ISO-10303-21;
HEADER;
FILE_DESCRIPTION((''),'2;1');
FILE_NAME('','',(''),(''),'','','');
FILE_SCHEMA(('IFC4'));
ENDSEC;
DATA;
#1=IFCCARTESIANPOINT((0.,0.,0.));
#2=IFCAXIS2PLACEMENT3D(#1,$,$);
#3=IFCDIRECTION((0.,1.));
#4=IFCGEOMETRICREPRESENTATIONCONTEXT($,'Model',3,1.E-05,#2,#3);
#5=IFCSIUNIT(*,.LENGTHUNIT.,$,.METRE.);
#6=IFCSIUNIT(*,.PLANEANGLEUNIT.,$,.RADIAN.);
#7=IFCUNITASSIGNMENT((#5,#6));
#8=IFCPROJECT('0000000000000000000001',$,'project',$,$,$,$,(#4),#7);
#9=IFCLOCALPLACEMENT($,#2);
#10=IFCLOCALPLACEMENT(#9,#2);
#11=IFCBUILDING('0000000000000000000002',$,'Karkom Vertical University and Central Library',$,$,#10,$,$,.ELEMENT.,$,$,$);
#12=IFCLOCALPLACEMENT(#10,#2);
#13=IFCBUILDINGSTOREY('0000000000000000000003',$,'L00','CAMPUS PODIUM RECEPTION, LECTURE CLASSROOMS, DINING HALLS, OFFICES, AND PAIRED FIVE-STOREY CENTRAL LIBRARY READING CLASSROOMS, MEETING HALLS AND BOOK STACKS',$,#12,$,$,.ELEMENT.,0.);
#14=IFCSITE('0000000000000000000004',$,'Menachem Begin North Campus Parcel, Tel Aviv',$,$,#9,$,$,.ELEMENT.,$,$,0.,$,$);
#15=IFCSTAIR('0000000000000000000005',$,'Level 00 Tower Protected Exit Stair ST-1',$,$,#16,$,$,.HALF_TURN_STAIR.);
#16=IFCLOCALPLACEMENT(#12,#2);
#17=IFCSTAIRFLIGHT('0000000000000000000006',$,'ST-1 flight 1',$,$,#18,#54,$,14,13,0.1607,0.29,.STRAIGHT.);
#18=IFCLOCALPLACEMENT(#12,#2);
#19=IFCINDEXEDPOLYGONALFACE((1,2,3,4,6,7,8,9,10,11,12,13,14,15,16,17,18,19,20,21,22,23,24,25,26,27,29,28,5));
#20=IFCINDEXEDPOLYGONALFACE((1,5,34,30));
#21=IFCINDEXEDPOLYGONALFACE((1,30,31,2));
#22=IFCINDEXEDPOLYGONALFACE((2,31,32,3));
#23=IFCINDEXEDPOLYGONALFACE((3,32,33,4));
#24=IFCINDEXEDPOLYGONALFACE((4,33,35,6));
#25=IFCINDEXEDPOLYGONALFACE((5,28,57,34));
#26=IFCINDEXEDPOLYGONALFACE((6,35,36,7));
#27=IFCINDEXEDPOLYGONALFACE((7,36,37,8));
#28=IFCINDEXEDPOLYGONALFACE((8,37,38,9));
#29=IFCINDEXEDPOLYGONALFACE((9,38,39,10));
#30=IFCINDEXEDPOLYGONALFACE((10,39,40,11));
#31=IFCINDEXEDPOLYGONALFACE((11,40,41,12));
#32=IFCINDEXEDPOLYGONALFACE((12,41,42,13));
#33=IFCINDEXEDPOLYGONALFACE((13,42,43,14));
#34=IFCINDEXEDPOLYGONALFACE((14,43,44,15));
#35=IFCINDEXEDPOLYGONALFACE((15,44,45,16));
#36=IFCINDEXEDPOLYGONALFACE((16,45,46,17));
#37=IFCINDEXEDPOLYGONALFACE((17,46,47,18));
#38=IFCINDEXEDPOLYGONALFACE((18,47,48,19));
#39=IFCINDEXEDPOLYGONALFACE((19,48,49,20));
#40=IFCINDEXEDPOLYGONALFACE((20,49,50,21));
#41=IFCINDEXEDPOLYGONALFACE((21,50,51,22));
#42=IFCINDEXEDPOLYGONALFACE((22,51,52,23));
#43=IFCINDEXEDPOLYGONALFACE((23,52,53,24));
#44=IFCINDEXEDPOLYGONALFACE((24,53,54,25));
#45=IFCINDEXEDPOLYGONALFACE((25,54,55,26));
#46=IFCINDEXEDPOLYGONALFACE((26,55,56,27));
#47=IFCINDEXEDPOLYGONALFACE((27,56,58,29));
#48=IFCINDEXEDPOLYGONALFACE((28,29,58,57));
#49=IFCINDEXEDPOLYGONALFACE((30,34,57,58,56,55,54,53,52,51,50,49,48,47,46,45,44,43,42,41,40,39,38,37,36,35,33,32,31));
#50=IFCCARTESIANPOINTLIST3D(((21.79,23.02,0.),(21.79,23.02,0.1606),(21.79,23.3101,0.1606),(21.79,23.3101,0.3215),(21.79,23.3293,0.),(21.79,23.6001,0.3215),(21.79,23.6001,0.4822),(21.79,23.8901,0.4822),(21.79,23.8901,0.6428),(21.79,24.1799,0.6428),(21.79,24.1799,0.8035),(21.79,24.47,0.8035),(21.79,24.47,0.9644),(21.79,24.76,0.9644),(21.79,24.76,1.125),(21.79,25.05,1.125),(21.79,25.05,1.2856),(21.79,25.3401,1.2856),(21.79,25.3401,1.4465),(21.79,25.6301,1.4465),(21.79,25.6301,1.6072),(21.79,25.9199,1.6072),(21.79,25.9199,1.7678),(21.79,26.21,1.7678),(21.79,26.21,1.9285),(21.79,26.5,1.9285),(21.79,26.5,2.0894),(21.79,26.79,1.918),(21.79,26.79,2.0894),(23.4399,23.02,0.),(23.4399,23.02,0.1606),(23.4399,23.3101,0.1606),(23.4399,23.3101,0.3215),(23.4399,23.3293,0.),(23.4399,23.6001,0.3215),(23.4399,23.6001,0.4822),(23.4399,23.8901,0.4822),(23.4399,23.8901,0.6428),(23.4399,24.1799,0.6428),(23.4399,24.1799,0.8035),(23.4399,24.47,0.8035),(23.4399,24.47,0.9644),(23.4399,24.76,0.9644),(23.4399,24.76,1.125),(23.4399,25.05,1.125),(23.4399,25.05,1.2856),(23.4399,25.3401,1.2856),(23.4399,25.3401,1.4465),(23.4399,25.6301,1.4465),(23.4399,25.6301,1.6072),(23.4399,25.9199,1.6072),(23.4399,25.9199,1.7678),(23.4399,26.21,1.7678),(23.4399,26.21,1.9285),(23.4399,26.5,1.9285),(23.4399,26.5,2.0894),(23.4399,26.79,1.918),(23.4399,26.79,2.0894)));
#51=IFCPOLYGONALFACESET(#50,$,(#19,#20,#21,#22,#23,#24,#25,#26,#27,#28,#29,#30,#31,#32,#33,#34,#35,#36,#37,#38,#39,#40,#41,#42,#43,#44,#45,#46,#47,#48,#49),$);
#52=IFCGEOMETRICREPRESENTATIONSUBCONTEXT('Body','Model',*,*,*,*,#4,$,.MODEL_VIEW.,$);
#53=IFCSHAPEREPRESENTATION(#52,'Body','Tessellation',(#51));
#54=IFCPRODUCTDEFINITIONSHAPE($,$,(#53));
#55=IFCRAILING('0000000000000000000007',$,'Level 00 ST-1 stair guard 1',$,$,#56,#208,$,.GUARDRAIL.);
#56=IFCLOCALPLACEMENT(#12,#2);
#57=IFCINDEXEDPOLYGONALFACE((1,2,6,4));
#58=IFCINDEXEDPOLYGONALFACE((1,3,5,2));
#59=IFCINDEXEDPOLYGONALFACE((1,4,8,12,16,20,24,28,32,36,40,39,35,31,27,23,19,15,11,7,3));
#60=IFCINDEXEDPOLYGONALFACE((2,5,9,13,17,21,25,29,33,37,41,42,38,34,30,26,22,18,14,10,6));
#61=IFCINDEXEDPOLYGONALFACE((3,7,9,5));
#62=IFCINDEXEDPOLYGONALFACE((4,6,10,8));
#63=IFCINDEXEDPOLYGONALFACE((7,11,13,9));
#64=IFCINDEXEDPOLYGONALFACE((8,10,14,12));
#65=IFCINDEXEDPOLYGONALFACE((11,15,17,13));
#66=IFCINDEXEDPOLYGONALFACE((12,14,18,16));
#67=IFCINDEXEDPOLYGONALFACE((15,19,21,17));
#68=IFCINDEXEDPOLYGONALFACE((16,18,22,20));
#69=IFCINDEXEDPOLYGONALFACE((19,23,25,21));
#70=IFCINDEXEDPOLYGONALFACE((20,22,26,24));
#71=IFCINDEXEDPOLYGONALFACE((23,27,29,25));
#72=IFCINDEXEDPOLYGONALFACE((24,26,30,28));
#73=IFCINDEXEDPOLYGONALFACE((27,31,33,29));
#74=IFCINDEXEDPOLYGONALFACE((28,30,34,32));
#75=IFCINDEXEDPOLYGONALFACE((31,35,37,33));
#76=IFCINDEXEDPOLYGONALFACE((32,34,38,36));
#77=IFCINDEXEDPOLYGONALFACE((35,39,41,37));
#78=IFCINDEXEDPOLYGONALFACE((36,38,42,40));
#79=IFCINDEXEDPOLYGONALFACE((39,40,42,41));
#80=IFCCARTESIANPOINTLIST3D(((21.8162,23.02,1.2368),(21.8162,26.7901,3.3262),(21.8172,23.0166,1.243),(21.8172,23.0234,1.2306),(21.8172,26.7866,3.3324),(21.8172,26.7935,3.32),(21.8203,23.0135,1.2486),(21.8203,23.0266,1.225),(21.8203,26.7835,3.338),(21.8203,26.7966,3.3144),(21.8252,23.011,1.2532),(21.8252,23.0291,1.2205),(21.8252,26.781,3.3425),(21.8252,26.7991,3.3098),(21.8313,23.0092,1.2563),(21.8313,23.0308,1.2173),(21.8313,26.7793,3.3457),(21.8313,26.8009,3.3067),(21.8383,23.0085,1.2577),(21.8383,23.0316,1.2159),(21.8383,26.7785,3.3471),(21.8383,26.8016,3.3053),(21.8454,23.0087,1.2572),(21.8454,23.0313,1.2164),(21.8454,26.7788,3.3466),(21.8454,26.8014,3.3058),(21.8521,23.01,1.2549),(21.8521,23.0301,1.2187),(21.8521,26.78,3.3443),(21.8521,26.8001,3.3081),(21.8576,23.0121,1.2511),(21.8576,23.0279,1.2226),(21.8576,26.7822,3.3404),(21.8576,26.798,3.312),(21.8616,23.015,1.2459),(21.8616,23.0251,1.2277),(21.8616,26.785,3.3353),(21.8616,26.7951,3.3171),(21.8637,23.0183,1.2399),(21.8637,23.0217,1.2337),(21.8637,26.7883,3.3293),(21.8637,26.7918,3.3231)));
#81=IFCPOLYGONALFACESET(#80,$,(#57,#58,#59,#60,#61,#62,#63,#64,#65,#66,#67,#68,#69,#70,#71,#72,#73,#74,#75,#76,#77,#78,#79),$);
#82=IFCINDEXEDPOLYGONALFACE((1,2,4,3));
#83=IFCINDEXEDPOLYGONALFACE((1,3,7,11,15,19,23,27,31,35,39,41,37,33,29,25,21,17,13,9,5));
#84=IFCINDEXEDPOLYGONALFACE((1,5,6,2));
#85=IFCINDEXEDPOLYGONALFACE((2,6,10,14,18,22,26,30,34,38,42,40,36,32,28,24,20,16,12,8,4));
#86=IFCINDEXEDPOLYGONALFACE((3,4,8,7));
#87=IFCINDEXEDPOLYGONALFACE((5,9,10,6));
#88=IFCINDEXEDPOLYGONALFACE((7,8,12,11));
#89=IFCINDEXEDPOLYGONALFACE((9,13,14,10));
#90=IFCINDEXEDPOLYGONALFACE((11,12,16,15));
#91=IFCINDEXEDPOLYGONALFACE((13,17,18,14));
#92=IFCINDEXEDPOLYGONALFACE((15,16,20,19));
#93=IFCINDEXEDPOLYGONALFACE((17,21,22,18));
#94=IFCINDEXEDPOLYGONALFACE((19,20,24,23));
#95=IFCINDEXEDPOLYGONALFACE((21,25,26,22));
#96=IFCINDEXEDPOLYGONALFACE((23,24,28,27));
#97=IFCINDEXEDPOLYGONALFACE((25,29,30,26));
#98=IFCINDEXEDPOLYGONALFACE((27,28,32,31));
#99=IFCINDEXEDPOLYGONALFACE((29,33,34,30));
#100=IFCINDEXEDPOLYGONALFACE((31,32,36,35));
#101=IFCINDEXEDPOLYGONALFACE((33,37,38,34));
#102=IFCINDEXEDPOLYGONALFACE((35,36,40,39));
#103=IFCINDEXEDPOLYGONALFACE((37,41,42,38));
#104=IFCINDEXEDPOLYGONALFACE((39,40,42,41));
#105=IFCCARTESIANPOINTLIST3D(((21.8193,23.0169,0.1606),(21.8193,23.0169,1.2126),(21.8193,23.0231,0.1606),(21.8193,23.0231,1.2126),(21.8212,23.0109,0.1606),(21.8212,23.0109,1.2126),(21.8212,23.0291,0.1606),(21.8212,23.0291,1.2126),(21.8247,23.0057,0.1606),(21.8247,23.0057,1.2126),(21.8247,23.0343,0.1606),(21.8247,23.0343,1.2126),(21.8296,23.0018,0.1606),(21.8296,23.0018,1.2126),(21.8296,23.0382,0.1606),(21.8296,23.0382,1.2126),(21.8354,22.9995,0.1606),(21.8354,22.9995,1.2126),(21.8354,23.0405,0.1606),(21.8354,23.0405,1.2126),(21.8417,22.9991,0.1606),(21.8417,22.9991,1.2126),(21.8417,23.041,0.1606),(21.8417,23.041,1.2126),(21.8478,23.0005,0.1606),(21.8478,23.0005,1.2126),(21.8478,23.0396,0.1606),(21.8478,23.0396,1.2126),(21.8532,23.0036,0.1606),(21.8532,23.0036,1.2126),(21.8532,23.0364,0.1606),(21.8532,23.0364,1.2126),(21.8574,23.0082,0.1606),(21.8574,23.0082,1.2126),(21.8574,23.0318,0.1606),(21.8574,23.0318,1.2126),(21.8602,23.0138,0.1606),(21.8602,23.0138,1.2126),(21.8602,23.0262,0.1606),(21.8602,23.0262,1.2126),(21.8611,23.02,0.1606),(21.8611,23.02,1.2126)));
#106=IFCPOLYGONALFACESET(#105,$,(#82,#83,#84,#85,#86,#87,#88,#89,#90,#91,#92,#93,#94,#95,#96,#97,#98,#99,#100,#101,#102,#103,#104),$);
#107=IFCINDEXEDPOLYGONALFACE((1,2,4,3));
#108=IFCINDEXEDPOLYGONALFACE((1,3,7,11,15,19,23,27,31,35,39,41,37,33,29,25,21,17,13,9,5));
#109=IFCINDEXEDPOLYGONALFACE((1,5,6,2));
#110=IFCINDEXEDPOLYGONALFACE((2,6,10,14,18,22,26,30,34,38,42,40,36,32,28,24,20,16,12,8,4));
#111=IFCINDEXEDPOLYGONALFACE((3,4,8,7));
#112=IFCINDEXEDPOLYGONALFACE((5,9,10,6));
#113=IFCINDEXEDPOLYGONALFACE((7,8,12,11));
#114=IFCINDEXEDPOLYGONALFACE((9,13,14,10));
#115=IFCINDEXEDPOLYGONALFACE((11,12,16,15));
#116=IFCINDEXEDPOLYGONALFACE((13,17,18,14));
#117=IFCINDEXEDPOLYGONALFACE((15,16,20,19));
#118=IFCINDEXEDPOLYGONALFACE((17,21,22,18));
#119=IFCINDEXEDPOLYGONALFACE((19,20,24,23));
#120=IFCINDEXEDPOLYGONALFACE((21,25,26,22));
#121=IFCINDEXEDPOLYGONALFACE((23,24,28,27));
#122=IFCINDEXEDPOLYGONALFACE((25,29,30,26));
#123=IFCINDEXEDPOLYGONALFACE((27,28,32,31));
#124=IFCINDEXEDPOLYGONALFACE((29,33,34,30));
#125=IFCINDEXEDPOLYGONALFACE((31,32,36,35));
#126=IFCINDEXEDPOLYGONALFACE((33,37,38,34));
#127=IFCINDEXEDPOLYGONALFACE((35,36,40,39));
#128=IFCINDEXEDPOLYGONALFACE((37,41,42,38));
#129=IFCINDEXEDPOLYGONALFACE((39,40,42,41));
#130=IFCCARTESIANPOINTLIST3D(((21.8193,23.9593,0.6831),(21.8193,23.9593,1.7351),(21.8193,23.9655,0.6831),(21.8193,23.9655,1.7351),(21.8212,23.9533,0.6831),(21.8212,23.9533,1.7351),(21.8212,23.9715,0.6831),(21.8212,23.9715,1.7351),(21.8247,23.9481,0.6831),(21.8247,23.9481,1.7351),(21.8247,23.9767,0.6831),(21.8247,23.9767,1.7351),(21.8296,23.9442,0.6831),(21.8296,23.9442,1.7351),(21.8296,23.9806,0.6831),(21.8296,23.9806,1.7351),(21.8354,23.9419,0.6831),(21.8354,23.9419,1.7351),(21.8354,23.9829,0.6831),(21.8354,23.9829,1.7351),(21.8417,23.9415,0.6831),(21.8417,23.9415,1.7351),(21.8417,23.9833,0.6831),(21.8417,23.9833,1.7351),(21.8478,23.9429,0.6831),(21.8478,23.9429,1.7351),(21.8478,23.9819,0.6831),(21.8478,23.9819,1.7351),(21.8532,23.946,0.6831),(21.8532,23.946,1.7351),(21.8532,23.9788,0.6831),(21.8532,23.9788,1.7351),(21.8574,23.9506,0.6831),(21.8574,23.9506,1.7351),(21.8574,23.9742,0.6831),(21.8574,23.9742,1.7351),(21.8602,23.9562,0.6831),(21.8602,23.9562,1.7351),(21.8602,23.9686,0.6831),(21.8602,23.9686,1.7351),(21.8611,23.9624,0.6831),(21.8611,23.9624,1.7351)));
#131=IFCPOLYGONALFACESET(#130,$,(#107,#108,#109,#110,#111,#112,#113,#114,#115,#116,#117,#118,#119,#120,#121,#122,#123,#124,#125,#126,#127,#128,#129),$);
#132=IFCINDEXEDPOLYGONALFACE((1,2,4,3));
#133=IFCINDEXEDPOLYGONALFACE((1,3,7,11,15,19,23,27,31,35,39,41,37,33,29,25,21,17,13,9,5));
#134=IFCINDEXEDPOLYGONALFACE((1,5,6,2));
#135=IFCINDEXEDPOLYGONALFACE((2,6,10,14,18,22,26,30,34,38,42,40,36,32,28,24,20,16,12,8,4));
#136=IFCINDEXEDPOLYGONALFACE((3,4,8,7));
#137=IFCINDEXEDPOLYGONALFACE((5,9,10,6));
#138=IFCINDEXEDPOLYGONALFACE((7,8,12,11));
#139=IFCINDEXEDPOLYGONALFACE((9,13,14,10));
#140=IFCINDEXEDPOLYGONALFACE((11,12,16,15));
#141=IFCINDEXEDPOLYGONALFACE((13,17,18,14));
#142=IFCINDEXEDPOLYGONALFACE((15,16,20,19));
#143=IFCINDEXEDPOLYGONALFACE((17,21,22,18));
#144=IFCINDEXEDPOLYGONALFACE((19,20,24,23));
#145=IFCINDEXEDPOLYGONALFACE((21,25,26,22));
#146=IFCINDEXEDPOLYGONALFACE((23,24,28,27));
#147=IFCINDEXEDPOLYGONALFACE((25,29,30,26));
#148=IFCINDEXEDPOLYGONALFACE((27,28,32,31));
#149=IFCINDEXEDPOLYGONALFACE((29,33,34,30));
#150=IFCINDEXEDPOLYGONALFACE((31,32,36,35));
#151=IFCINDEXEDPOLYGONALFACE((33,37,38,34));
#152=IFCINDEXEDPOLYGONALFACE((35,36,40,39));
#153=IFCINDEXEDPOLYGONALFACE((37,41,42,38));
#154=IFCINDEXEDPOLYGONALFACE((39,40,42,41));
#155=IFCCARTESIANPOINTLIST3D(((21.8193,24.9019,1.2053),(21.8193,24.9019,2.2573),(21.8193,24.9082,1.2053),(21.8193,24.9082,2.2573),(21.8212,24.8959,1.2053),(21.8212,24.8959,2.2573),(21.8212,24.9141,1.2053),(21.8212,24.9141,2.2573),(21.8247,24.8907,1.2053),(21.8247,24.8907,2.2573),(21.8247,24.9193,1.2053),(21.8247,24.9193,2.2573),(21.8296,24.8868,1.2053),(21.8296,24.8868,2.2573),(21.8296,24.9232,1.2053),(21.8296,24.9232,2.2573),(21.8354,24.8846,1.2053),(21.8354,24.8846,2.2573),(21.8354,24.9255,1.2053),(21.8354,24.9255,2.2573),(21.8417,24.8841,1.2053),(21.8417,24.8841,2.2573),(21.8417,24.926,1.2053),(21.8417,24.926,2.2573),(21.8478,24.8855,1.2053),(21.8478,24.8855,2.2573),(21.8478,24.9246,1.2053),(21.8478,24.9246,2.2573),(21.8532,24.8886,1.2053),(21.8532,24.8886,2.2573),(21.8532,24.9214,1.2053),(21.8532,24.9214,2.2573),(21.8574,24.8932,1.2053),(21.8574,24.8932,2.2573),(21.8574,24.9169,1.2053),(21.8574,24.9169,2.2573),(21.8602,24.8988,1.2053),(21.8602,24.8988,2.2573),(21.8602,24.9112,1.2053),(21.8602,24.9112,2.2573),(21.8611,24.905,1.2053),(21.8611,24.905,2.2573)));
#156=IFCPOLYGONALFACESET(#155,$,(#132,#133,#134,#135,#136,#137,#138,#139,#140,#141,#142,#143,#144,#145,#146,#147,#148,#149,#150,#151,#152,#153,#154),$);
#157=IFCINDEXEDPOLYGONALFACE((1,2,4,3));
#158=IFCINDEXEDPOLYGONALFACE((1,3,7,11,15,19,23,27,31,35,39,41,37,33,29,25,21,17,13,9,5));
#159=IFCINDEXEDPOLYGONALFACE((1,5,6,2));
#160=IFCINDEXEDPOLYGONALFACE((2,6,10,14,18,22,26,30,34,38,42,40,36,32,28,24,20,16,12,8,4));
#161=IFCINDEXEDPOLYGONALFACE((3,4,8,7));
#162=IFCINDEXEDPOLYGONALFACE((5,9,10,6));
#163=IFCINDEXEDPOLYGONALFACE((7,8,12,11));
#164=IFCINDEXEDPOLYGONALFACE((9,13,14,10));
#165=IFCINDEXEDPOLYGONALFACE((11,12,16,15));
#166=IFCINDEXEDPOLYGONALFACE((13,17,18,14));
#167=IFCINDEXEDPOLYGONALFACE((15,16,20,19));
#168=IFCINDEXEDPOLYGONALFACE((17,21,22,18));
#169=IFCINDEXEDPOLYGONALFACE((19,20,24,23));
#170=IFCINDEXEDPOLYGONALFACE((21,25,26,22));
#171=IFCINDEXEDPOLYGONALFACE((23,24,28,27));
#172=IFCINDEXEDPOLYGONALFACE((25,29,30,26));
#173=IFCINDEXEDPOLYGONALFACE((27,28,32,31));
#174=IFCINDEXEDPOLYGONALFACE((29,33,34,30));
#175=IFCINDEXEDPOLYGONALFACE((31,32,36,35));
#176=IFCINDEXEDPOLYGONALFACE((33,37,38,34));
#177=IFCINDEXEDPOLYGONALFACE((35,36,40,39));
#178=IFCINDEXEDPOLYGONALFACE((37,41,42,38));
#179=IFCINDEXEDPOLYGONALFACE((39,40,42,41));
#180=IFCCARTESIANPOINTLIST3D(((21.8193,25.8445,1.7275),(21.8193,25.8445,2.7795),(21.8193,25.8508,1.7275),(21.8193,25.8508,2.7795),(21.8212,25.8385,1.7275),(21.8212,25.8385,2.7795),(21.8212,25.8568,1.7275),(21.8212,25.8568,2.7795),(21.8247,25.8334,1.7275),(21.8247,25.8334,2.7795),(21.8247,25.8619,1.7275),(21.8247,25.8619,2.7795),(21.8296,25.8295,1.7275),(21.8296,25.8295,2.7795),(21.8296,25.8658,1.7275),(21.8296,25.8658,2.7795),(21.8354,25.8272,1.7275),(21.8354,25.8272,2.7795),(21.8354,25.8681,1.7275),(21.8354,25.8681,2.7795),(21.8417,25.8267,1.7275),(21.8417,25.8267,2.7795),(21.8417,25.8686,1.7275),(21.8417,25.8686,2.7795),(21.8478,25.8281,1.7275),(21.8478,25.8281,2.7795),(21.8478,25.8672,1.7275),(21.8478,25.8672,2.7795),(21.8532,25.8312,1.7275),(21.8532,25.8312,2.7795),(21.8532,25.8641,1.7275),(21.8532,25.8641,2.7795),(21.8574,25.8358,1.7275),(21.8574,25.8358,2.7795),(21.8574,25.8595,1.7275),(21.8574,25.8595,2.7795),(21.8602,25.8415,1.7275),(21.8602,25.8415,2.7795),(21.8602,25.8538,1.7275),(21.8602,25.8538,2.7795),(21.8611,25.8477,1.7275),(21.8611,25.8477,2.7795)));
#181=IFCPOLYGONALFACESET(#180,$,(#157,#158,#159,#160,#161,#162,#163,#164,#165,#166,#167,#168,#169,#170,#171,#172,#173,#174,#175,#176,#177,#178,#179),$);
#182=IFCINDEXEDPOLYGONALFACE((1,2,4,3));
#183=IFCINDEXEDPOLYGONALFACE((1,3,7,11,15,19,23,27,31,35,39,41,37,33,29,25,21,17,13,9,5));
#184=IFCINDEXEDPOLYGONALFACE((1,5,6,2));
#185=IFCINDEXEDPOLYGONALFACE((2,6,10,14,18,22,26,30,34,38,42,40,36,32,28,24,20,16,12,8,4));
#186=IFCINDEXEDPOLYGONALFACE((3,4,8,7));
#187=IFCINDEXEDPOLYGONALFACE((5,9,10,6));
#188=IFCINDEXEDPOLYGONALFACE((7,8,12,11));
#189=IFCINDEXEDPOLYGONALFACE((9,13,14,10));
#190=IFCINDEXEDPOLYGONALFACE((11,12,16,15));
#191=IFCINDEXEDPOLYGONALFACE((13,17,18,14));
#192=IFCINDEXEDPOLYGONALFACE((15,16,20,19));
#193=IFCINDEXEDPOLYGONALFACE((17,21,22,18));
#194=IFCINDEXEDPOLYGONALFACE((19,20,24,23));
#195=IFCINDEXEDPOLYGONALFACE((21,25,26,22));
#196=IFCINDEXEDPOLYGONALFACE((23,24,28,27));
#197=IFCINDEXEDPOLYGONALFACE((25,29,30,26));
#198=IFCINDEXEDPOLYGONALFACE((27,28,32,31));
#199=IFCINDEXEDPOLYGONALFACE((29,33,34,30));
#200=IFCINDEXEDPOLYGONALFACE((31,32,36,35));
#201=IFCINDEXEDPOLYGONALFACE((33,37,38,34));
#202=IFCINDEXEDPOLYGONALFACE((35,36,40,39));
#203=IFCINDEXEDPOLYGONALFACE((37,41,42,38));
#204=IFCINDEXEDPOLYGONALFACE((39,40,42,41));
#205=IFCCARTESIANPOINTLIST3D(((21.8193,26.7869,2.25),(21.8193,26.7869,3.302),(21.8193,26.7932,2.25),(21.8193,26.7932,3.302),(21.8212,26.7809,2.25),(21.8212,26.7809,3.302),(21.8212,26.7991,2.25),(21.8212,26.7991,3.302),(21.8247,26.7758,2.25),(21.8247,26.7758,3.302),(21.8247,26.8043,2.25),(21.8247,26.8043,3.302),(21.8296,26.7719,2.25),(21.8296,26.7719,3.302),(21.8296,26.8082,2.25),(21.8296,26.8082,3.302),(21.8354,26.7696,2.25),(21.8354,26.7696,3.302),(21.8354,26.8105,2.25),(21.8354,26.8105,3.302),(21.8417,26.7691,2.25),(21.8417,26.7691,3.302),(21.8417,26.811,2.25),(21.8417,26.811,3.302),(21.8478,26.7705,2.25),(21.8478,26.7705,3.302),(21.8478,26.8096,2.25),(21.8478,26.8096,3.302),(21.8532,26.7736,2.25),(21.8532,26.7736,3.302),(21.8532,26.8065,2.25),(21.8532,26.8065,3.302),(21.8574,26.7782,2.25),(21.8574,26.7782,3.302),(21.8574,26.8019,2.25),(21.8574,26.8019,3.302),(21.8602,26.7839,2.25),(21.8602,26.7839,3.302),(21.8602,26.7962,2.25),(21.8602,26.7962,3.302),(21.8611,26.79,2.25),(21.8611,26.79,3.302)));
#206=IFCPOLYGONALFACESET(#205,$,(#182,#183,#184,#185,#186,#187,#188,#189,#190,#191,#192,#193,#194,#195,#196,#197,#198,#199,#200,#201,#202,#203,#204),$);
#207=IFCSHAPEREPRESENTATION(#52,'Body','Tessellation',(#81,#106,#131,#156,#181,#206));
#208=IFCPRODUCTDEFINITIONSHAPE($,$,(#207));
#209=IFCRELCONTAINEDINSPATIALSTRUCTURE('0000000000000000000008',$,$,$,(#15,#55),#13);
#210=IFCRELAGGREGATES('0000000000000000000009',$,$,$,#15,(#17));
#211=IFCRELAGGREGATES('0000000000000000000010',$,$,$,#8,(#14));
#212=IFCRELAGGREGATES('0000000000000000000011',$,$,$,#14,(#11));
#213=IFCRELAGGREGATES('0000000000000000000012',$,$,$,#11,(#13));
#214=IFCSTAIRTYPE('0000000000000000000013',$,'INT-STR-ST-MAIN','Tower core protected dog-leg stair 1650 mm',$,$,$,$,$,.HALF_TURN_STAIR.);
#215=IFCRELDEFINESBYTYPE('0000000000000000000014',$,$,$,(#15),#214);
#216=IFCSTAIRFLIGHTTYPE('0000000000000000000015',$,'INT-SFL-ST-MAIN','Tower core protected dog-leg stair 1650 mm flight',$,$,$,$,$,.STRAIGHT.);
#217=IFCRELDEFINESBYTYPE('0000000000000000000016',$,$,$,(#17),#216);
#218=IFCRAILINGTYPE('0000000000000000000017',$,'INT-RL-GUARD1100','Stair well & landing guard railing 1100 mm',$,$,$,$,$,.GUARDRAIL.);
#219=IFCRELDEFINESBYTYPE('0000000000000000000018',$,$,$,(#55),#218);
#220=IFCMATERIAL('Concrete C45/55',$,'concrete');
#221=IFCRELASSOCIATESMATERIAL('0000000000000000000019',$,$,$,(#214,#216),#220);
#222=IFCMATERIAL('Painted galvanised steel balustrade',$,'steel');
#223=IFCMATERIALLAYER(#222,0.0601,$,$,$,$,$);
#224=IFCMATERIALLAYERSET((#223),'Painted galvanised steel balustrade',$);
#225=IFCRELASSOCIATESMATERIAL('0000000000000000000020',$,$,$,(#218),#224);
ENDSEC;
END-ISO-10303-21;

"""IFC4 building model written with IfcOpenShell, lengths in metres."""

from ifc_helpers import new_model, si_unit, direction, frame, origin, origin_2d, place, context, subcontext, project, spatial, polyline, circle, outline, extrude, material, layer, layer_set, type_object, element, aggregate, save


model = new_model("IFC4")

# Units and contexts
model_context = context("Model", 3, precision=1e-05, world=origin(), true_north=direction((0.0, 1.0)))
body_context = subcontext(model_context, "Body", "Model", "MODEL_VIEW")
ifc_project = project(units=[si_unit("LENGTHUNIT", "METRE"), si_unit("PLANEANGLEUNIT", "RADIAN")], contexts=[model_context])

# Site, building, storey
site_placement = place(None, origin())
site = spatial("IfcSite", under=ifc_project, at=site_placement, Name="Menachem Begin North Campus Parcel, Tel Aviv", CompositionType="ELEMENT", RefElevation=0.0)
building_placement = place(site_placement, origin())
building = spatial("IfcBuilding", under=site, at=building_placement, Name="Karkom Vertical University and Central Library", CompositionType="ELEMENT")
storey_placement = place(building_placement, origin())
storey = spatial("IfcBuildingStorey", under=building, at=storey_placement, Name="L00", Description="CAMPUS PODIUM RECEPTION, LECTURE CLASSROOMS, DINING HALLS, OFFICES, AND PAIRED FIVE-STOREY CENTRAL LIBRARY READING CLASSROOMS, MEETING HALLS AND BOOK STACKS", CompositionType="ELEMENT", Elevation=0.0)

# Shared definitions
ifc_material_1 = material(Name="Concrete C45/55", Category="concrete")

# Stair, stair flight
stair_type = type_object("IfcStairType", Name="INT-STR-ST-MAIN", Description="Tower core protected dog-leg stair 1650 mm", PredefinedType="HALF_TURN_STAIR", material=ifc_material_1)
stair_placement = place(storey_placement, origin())
stair = element("IfcStair", 1, at=stair_placement, inside=storey, type_object=stair_type, Name="Level 00 Tower Protected Exit Stair ST-1", PredefinedType="HALF_TURN_STAIR")
stair_flight_type = type_object("IfcStairFlightType", Name="INT-SFL-ST-MAIN", Description="Tower core protected dog-leg stair 1650 mm flight", PredefinedType="STRAIGHT", material=ifc_material_1)
stair_flight_placement = place(storey_placement, frame((22.615, 23.02, 0.0), z_axis=(0.0, 0.0, 1.0), x_axis=(0.0, 1.0, 0.0)))
stair_flight = element("IfcStairFlight", 2, at=stair_flight_placement, type_object=stair_flight_type, Name="ST-1 flight 1", NumberOfRisers=14, NumberOfTreads=13, PredefinedType="STRAIGHT", RiserHeight=0.1607, TreadLength=0.29, context=body_context, shape_type="SweptSolid", body=[
    extrude(outline(polyline([(0.0, 0.0), (0.0, 0.1606), (0.29, 0.1606), (0.29, 0.3215), (0.5801, 0.3215), (0.5801, 0.4822), (0.8701, 0.4822), (0.8701, 0.6428), (1.1599, 0.6428), (1.1599, 0.8035), (1.45, 0.8035), (1.45, 0.9644), (1.74, 0.9644), (1.74, 1.125), (2.03, 1.125), (2.03, 1.2856), (2.3201, 1.2856), (2.3201, 1.4465), (2.6101, 1.4465), (2.6101, 1.6072), (2.8999, 1.6072), (2.8999, 1.7678), (3.1899, 1.7678), (3.1899, 1.9285), (3.48, 1.9285), (3.48, 2.0894), (3.77, 2.0894), (3.77, 2.25), (3.77, 1.918), (0.3093, 0.0), (0.0, 0.0)])), frame((0.0, 0.825, 0.0), z_axis=(0.0, -1.0, 0.0), x_axis=(1.0, 0.0, 0.0)), (0.0, 0.0, 1.0), 1.6499),
])
aggregate(stair, [stair_flight])

# Railing
ifc_material_2 = material(Name="Painted galvanised steel balustrade", Category="steel")
ifc_layer_1 = layer(ifc_material_2, 0.0601)
ifc_layer_set_1 = layer_set([ifc_layer_1], Name="Painted galvanised steel balustrade")
railing_type_1 = type_object("IfcRailingType", Name="INT-RL-GUARD1100", Description="Stair well & landing guard railing 1100 mm", PredefinedType="GUARDRAIL", material=ifc_layer_set_1)
railing_1_placement = place(storey_placement, frame((21.8401, 23.02, 0.1606)))
element("IfcRailing", 3, at=railing_1_placement, inside=storey, type_object=railing_type_1, Name="Level 00 ST-1 stair guard 1", PredefinedType="GUARDRAIL", context=body_context, shape_type="SweptSolid", body=[
    extrude(circle(Radius=0.0239, at=origin_2d()), frame((0.0, 0.0, 1.0762), z_axis=(0.0, 0.874659, 0.484739), x_axis=(-1.0, 0.0, 0.0)), (0.0, 0.0, 1.0), 4.3103),
    extrude(circle(Radius=0.021, at=origin_2d()), origin(), (0.0, 0.0, 1.0), 1.052),
    extrude(circle(Radius=0.021, at=origin_2d()), frame((0.0, 0.9424, 0.5225)), (0.0, 0.0, 1.0), 1.052),
    extrude(circle(Radius=0.021, at=origin_2d()), frame((0.0, 1.885, 1.0447)), (0.0, 0.0, 1.0), 1.052),
    extrude(circle(Radius=0.021, at=origin_2d()), frame((0.0, 2.8276, 1.5669)), (0.0, 0.0, 1.0), 1.052),
    extrude(circle(Radius=0.021, at=origin_2d()), frame((0.0, 3.77, 2.0894)), (0.0, 0.0, 1.0), 1.052),
])

save(model, "model.ifc")
